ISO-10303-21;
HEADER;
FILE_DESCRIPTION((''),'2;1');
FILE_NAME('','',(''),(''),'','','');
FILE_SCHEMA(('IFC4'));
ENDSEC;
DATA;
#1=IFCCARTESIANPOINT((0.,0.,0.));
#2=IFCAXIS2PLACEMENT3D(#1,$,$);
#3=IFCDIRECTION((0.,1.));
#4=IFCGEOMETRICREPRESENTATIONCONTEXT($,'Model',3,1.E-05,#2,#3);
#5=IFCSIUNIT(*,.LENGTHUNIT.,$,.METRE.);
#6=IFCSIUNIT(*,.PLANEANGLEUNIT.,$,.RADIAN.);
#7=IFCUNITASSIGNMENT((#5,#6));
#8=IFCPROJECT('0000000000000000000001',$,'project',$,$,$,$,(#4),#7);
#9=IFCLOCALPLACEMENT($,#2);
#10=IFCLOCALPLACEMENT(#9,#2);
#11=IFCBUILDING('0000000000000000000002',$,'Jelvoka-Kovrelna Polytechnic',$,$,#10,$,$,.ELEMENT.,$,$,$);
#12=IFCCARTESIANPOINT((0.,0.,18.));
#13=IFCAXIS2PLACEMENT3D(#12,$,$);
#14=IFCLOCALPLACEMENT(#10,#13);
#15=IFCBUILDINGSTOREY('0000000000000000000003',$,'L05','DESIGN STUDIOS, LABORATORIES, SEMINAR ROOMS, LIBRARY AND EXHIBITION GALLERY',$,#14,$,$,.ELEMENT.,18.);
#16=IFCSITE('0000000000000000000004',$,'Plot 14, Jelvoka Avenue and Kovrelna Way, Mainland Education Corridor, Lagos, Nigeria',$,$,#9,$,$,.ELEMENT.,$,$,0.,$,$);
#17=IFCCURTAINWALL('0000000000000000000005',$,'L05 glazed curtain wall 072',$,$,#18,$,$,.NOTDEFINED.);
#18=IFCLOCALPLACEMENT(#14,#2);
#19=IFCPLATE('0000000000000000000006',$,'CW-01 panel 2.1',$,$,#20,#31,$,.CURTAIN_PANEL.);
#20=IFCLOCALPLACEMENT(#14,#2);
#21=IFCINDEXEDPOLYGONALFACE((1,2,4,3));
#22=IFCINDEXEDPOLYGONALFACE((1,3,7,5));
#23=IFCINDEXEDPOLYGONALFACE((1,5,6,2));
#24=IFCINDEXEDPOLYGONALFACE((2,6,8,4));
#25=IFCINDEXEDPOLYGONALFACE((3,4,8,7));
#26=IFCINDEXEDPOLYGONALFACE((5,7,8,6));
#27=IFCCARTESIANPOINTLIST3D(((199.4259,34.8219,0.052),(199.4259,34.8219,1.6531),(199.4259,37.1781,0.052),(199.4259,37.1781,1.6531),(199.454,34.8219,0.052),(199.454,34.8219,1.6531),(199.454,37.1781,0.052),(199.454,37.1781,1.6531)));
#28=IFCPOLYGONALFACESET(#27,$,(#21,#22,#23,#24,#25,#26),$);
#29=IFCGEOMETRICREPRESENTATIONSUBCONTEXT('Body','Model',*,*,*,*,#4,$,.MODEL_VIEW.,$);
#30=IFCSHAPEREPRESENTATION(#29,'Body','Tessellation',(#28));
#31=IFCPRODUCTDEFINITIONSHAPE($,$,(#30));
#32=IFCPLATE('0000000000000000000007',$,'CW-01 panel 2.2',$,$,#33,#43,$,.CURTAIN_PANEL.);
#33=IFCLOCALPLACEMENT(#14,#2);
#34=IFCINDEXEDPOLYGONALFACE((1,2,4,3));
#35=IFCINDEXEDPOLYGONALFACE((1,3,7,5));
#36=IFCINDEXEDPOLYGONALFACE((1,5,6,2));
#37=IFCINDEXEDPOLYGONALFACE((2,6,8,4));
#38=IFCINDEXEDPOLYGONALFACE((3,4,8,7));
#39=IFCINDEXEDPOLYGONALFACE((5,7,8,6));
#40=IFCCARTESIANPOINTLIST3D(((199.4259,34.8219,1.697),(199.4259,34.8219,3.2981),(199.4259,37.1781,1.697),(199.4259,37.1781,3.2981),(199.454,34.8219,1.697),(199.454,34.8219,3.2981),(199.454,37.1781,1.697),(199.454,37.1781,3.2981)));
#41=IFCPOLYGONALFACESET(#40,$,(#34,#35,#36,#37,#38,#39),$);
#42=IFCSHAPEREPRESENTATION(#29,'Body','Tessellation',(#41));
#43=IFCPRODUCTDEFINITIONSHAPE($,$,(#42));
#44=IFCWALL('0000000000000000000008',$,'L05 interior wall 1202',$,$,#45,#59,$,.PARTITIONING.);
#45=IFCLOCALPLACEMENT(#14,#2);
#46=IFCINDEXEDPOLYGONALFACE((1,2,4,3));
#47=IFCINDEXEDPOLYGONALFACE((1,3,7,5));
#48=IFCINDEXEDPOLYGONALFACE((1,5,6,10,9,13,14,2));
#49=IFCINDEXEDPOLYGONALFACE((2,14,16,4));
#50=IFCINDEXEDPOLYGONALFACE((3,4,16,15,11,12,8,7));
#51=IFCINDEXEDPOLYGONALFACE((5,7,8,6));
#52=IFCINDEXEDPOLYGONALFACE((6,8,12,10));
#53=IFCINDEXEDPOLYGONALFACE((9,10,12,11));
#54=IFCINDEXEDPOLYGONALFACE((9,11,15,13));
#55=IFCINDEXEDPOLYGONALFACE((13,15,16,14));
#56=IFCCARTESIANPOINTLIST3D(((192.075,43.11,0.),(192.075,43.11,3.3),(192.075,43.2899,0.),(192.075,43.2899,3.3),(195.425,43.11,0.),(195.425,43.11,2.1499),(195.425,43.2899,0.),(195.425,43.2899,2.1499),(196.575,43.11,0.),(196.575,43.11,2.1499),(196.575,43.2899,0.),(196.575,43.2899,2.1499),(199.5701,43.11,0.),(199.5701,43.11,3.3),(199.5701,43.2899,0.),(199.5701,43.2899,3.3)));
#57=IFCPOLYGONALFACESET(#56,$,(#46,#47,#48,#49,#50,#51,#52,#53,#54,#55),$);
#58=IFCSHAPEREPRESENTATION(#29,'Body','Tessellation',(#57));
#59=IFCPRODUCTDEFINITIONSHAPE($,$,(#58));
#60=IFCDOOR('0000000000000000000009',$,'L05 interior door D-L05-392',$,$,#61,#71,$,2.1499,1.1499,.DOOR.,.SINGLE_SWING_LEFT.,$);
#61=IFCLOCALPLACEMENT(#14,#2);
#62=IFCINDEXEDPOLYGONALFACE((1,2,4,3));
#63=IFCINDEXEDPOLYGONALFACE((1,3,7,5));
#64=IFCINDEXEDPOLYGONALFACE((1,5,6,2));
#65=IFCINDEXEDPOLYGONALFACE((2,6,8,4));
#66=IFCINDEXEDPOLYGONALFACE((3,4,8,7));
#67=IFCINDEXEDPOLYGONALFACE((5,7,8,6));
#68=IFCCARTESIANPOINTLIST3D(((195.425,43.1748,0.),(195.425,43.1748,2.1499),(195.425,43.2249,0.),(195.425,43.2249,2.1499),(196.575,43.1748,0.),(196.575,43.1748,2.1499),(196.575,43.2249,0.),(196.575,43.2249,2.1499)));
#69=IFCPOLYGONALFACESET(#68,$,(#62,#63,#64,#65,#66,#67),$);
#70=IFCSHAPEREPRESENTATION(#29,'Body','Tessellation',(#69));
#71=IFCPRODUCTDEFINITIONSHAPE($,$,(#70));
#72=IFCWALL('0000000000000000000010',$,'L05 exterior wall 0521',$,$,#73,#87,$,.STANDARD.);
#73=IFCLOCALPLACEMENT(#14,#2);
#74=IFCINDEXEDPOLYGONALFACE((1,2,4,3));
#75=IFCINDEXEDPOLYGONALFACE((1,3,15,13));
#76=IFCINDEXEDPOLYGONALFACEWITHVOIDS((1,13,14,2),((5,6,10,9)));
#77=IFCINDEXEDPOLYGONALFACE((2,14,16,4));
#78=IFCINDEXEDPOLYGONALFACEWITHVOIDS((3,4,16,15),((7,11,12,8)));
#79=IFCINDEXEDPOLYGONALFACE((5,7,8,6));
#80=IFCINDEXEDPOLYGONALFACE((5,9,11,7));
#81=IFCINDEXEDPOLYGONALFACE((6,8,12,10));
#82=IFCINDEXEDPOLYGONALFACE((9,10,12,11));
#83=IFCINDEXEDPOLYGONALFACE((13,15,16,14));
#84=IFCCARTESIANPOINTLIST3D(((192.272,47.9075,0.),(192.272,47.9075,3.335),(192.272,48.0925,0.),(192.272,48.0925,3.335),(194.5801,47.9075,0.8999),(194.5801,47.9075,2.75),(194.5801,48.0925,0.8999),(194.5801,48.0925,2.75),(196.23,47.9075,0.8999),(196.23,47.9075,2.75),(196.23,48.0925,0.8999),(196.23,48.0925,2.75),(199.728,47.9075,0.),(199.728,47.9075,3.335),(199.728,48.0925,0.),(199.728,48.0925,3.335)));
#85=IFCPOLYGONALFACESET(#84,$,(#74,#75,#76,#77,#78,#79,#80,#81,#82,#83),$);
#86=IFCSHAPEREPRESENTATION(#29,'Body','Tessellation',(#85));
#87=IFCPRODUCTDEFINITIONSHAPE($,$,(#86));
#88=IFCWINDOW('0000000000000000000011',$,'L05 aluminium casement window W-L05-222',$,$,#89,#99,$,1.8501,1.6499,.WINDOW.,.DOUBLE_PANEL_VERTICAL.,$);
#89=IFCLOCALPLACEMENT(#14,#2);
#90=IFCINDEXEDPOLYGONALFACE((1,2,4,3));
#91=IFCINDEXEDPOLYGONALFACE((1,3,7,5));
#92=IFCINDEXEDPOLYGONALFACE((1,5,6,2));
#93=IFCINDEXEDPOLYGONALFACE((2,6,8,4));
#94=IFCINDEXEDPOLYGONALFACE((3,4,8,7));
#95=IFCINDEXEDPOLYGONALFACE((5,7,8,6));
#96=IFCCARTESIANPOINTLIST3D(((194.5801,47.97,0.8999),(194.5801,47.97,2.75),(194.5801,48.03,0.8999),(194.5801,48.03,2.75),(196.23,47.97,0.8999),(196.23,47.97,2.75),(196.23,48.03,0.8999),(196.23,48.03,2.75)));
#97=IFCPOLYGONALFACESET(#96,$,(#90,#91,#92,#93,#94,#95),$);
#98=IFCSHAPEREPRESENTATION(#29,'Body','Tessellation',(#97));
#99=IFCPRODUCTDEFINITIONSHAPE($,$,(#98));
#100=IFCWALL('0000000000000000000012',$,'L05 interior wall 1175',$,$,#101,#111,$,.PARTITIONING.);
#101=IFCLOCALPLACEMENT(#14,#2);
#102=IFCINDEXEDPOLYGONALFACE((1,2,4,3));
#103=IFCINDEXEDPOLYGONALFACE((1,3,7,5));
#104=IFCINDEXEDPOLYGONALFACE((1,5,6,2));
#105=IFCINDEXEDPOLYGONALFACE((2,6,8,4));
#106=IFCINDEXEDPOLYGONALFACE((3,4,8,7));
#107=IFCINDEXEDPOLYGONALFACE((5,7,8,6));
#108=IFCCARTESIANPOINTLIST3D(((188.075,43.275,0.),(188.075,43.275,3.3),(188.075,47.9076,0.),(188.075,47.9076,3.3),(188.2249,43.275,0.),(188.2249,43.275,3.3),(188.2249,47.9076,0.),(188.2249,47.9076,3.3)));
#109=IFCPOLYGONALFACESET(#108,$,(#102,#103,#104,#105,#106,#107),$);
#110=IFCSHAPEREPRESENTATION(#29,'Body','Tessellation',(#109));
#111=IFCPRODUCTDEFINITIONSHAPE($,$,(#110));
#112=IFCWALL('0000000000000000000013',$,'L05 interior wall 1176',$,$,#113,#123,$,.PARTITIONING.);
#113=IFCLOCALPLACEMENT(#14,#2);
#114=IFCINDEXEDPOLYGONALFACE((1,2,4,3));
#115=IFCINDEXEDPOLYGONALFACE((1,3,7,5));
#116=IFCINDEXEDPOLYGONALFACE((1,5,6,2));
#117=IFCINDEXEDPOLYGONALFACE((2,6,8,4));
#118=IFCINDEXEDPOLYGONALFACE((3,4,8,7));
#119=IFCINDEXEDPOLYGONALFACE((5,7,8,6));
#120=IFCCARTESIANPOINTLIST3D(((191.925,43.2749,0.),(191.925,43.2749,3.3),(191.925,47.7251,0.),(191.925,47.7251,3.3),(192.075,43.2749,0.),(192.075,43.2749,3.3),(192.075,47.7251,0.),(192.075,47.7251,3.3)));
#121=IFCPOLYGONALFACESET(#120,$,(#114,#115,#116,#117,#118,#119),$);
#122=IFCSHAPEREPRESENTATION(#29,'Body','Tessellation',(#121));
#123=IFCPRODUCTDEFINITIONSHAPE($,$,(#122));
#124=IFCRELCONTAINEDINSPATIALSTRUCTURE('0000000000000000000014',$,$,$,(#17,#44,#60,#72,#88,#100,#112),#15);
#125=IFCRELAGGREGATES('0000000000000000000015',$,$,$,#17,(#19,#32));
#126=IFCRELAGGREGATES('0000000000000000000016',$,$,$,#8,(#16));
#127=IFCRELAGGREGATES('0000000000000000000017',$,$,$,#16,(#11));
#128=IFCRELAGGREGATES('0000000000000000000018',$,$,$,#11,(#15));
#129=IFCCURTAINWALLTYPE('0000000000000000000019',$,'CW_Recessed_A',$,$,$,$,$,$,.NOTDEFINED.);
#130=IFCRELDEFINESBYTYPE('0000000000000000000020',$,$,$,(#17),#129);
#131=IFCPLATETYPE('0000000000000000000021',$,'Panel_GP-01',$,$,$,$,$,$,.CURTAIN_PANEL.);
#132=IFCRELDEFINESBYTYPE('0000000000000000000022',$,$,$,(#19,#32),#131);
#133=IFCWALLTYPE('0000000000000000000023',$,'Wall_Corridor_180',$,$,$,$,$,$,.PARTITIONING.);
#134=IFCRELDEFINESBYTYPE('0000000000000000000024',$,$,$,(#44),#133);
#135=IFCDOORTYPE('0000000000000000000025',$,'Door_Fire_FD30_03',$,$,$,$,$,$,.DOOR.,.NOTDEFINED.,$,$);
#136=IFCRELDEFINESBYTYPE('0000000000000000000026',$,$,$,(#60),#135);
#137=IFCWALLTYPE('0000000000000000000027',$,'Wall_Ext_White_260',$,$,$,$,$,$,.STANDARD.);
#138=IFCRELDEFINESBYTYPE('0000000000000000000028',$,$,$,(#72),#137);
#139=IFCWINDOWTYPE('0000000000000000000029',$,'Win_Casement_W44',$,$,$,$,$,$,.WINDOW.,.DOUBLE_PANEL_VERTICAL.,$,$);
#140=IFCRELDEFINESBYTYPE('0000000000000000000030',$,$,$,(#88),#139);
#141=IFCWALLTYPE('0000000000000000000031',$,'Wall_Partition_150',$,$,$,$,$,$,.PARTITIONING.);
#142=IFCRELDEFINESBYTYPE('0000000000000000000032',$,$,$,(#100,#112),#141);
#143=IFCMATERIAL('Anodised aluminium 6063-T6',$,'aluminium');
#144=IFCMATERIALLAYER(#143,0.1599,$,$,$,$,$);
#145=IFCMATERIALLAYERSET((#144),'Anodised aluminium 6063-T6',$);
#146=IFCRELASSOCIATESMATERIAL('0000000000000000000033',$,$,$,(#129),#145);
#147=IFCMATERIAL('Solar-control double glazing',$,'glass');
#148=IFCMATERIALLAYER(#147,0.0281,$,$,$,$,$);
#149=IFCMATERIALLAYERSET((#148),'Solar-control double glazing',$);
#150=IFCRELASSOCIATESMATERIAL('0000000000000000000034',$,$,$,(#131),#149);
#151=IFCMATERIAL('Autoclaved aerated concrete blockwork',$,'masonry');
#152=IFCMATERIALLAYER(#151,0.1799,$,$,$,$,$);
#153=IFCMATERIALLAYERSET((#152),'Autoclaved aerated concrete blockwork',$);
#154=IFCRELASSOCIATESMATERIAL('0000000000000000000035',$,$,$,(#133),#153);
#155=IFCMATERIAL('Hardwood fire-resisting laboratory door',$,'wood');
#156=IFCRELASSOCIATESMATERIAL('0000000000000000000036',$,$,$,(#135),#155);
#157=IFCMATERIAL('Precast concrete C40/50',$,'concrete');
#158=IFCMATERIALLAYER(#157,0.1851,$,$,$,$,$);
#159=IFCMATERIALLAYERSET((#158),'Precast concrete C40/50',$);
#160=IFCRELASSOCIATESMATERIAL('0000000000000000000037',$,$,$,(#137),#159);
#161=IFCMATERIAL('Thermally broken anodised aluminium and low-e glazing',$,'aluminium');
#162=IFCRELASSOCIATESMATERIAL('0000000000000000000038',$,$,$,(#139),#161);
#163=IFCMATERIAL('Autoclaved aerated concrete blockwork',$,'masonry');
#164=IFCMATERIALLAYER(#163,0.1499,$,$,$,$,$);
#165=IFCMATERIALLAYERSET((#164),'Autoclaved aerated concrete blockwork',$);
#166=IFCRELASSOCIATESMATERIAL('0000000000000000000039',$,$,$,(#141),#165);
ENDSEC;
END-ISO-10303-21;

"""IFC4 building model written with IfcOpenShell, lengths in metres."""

from ifc_helpers import new_model, si_unit, direction, frame, frame_2d, origin, origin_2d, place, context, subcontext, project, spatial, rectangle, extrude, material, layer, layer_set, type_object, element, fill, aggregate, save


model = new_model("IFC4")

# Units and contexts
model_context = context("Model", 3, precision=1e-05, world=origin(), true_north=direction((0.0, 1.0)))
body_context = subcontext(model_context, "Body", "Model", "MODEL_VIEW")
ifc_project = project(units=[si_unit("LENGTHUNIT", "METRE"), si_unit("PLANEANGLEUNIT", "RADIAN")], contexts=[model_context])

# Site, building, storey
site_placement = place(None, origin())
site = spatial("IfcSite", under=ifc_project, at=site_placement, Name="Plot 14, Jelvoka Avenue and Kovrelna Way, Mainland Education Corridor, Lagos, Nigeria", CompositionType="ELEMENT", RefElevation=0.0)
building_placement = place(site_placement, origin())
building = spatial("IfcBuilding", under=site, at=building_placement, Name="Jelvoka-Kovrelna Polytechnic", CompositionType="ELEMENT")
storey_placement = place(building_placement, frame((0.0, 0.0, 18.0)))
storey = spatial("IfcBuildingStorey", under=building, at=storey_placement, Name="L05", Description="DESIGN STUDIOS, LABORATORIES, SEMINAR ROOMS, LIBRARY AND EXHIBITION GALLERY", CompositionType="ELEMENT", Elevation=18.0)

# Curtain wall
ifc_material_1 = material(Name="Anodised aluminium 6063-T6", Category="aluminium")
ifc_layer_1 = layer(ifc_material_1, 0.1599)
ifc_layer_set_1 = layer_set([ifc_layer_1], Name="Anodised aluminium 6063-T6")
curtain_wall_type = type_object("IfcCurtainWallType", Name="CW_Recessed_A", PredefinedType="NOTDEFINED", material=ifc_layer_set_1)
curtain_wall_placement = place(storey_placement, origin())
curtain_wall = element("IfcCurtainWall", 1, at=curtain_wall_placement, inside=storey, type_object=curtain_wall_type, Name="L05 glazed curtain wall 072", PredefinedType="NOTDEFINED")

# Plates
ifc_material_2 = material(Name="Solar-control double glazing", Category="glass")
ifc_layer_2 = layer(ifc_material_2, 0.0281)
ifc_layer_set_2 = layer_set([ifc_layer_2], Name="Solar-control double glazing")
plate_type = type_object("IfcPlateType", Name="Panel_GP-01", PredefinedType="CURTAIN_PANEL", material=ifc_layer_set_2)
plate_1_placement = place(storey_placement, frame((199.4399, 36.0, 0.052), z_axis=(0.0, 0.0, 1.0), x_axis=(0.0, -1.0, 0.0)))
plate_1 = element("IfcPlate", 2, at=plate_1_placement, type_object=plate_type, Name="CW-01 panel 2.1", PredefinedType="CURTAIN_PANEL", context=body_context, shape_type="SweptSolid", body=[
    extrude(rectangle(XDim=2.3562, YDim=0.0281, at=origin_2d()), origin(), (0.0, 0.0, 1.0), 1.6011),
])
plate_2_placement = place(storey_placement, frame((199.4399, 36.0, 1.697), z_axis=(0.0, 0.0, 1.0), x_axis=(0.0, -1.0, 0.0)))
plate_2 = element("IfcPlate", 3, at=plate_2_placement, type_object=plate_type, Name="CW-01 panel 2.2", PredefinedType="CURTAIN_PANEL", context=body_context, shape_type="SweptSolid", body=[
    extrude(rectangle(XDim=2.3562, YDim=0.0281, at=origin_2d()), origin(), (0.0, 0.0, 1.0), 1.6011),
])
aggregate(curtain_wall, [plate_1, plate_2])

# Wall, opening, door
ifc_material_3 = material(Name="Autoclaved aerated concrete blockwork", Category="masonry")
ifc_layer_3 = layer(ifc_material_3, 0.1799)
ifc_layer_set_3 = layer_set([ifc_layer_3], Name="Autoclaved aerated concrete blockwork")
wall_type_1 = type_object("IfcWallType", Name="Wall_Corridor_180", PredefinedType="PARTITIONING", material=ifc_layer_set_3)
wall_1_placement = place(storey_placement, frame((192.075, 43.2, 0.0), z_axis=(0.0, 0.0, 1.0), x_axis=(1.0, 0.0, 0.0)))
wall_1 = element("IfcWall", 4, at=wall_1_placement, inside=storey, type_object=wall_type_1, Name="L05 interior wall 1202", PredefinedType="PARTITIONING", context=body_context, shape_type="SweptSolid", body=[
    extrude(rectangle(XDim=7.4951, YDim=0.1799, at=frame_2d((3.7476, 0.0))), origin(), (0.0, 0.0, 1.0), 3.3),
])
opening_1_placement = place(wall_1_placement, frame((3.3501, 0.0, 0.0)))
opening_1 = element("IfcOpeningElement", 5, at=opening_1_placement, cuts=wall_1, PredefinedType="OPENING", context=body_context, shape_type="SweptSolid", body=[
    extrude(rectangle(XDim=1.1499, YDim=2.1499, at=frame_2d((0.575, 1.075))), frame((0.0, 0.0999, 0.0), z_axis=(0.0, -1.0, 0.0), x_axis=(1.0, 0.0, 0.0)), (0.0, 0.0, 1.0), 0.2),
])
ifc_material_4 = material(Name="Hardwood fire-resisting laboratory door", Category="wood")
door_type = type_object("IfcDoorType", Name="Door_Fire_FD30_03", OperationType="NOTDEFINED", PredefinedType="DOOR", material=ifc_material_4)
door_placement = place(opening_1_placement, origin())
door = element("IfcDoor", 6, at=door_placement, inside=storey, type_object=door_type, Name="L05 interior door D-L05-392", OperationType="SINGLE_SWING_LEFT", OverallHeight=2.1499, OverallWidth=1.1499, PredefinedType="DOOR", context=body_context, shape_type="SweptSolid", body=[
    extrude(rectangle(XDim=1.1499, YDim=2.1499, at=frame_2d((0.575, 1.075))), frame((0.0, 0.0249, 0.0), z_axis=(0.0, -1.0, 0.0), x_axis=(1.0, 0.0, 0.0)), (0.0, 0.0, 1.0), 0.05),
])
fill(opening_1, door)

# Wall, opening, window
ifc_material_5 = material(Name="Precast concrete C40/50", Category="concrete")
ifc_layer_4 = layer(ifc_material_5, 0.1851)
ifc_layer_set_4 = layer_set([ifc_layer_4], Name="Precast concrete C40/50")
wall_type_2 = type_object("IfcWallType", Name="Wall_Ext_White_260", PredefinedType="STANDARD", material=ifc_layer_set_4)
wall_2_placement = place(storey_placement, frame((192.272, 48.0, 0.0), z_axis=(0.0, 0.0, 1.0), x_axis=(1.0, 0.0, 0.0)))
wall_2 = element("IfcWall", 7, at=wall_2_placement, inside=storey, type_object=wall_type_2, Name="L05 exterior wall 0521", PredefinedType="STANDARD", context=body_context, shape_type="SweptSolid", body=[
    extrude(rectangle(XDim=7.4561, YDim=0.1851, at=frame_2d((3.728, 0.0))), origin(), (0.0, 0.0, 1.0), 3.335),
])
opening_2_placement = place(wall_2_placement, frame((2.3081, 0.0, 0.8999)))
opening_2 = element("IfcOpeningElement", 8, at=opening_2_placement, cuts=wall_2, PredefinedType="OPENING", context=body_context, shape_type="SweptSolid", body=[
    extrude(rectangle(XDim=1.6499, YDim=1.8501, at=frame_2d((0.825, 0.925))), frame((0.0, 0.1025, 0.0), z_axis=(0.0, -1.0, 0.0), x_axis=(1.0, 0.0, 0.0)), (0.0, 0.0, 1.0), 0.2051),
])
ifc_material_6 = material(Name="Thermally broken anodised aluminium and low-e glazing", Category="aluminium")
window_type = type_object("IfcWindowType", Name="Win_Casement_W44", PartitioningType="DOUBLE_PANEL_VERTICAL", PredefinedType="WINDOW", material=ifc_material_6)
window_placement = place(opening_2_placement, origin())
window = element("IfcWindow", 9, at=window_placement, inside=storey, type_object=window_type, Name="L05 aluminium casement window W-L05-222", OverallHeight=1.8501, OverallWidth=1.6499, PartitioningType="DOUBLE_PANEL_VERTICAL", PredefinedType="WINDOW", context=body_context, shape_type="SweptSolid", body=[
    extrude(rectangle(XDim=1.6499, YDim=1.8501, at=frame_2d((0.825, 0.925))), frame((0.0, 0.03, 0.0), z_axis=(0.0, -1.0, 0.0), x_axis=(1.0, 0.0, 0.0)), (0.0, 0.0, 1.0), 0.0601),
])
fill(opening_2, window)

# Walls
ifc_material_7 = material(Name="Autoclaved aerated concrete blockwork", Category="masonry")
ifc_layer_5 = layer(ifc_material_7, 0.1499)
ifc_layer_set_5 = layer_set([ifc_layer_5], Name="Autoclaved aerated concrete blockwork")
wall_type_3 = type_object("IfcWallType", Name="Wall_Partition_150", PredefinedType="PARTITIONING", material=ifc_layer_set_5)
wall_3_placement = place(storey_placement, frame((188.1499, 43.2749, 0.0), z_axis=(0.0, 0.0, 1.0), x_axis=(0.0, 1.0, 0.0)))
element("IfcWall", 10, at=wall_3_placement, inside=storey, type_object=wall_type_3, Name="L05 interior wall 1175", PredefinedType="PARTITIONING", context=body_context, shape_type="SweptSolid", body=[
    extrude(rectangle(XDim=4.6326, YDim=0.1499, at=frame_2d((2.3164, 0.0))), origin(), (0.0, 0.0, 1.0), 3.3),
])
wall_4_placement = place(storey_placement, frame((192.0, 43.2749, 0.0), z_axis=(0.0, 0.0, 1.0), x_axis=(0.0, 1.0, 0.0)))
element("IfcWall", 11, at=wall_4_placement, inside=storey, type_object=wall_type_3, Name="L05 interior wall 1176", PredefinedType="PARTITIONING", context=body_context, shape_type="SweptSolid", body=[
    extrude(rectangle(XDim=4.4502, YDim=0.1499, at=frame_2d((2.2251, 0.0))), origin(), (0.0, 0.0, 1.0), 3.3),
])

save(model, "model.ifc")
